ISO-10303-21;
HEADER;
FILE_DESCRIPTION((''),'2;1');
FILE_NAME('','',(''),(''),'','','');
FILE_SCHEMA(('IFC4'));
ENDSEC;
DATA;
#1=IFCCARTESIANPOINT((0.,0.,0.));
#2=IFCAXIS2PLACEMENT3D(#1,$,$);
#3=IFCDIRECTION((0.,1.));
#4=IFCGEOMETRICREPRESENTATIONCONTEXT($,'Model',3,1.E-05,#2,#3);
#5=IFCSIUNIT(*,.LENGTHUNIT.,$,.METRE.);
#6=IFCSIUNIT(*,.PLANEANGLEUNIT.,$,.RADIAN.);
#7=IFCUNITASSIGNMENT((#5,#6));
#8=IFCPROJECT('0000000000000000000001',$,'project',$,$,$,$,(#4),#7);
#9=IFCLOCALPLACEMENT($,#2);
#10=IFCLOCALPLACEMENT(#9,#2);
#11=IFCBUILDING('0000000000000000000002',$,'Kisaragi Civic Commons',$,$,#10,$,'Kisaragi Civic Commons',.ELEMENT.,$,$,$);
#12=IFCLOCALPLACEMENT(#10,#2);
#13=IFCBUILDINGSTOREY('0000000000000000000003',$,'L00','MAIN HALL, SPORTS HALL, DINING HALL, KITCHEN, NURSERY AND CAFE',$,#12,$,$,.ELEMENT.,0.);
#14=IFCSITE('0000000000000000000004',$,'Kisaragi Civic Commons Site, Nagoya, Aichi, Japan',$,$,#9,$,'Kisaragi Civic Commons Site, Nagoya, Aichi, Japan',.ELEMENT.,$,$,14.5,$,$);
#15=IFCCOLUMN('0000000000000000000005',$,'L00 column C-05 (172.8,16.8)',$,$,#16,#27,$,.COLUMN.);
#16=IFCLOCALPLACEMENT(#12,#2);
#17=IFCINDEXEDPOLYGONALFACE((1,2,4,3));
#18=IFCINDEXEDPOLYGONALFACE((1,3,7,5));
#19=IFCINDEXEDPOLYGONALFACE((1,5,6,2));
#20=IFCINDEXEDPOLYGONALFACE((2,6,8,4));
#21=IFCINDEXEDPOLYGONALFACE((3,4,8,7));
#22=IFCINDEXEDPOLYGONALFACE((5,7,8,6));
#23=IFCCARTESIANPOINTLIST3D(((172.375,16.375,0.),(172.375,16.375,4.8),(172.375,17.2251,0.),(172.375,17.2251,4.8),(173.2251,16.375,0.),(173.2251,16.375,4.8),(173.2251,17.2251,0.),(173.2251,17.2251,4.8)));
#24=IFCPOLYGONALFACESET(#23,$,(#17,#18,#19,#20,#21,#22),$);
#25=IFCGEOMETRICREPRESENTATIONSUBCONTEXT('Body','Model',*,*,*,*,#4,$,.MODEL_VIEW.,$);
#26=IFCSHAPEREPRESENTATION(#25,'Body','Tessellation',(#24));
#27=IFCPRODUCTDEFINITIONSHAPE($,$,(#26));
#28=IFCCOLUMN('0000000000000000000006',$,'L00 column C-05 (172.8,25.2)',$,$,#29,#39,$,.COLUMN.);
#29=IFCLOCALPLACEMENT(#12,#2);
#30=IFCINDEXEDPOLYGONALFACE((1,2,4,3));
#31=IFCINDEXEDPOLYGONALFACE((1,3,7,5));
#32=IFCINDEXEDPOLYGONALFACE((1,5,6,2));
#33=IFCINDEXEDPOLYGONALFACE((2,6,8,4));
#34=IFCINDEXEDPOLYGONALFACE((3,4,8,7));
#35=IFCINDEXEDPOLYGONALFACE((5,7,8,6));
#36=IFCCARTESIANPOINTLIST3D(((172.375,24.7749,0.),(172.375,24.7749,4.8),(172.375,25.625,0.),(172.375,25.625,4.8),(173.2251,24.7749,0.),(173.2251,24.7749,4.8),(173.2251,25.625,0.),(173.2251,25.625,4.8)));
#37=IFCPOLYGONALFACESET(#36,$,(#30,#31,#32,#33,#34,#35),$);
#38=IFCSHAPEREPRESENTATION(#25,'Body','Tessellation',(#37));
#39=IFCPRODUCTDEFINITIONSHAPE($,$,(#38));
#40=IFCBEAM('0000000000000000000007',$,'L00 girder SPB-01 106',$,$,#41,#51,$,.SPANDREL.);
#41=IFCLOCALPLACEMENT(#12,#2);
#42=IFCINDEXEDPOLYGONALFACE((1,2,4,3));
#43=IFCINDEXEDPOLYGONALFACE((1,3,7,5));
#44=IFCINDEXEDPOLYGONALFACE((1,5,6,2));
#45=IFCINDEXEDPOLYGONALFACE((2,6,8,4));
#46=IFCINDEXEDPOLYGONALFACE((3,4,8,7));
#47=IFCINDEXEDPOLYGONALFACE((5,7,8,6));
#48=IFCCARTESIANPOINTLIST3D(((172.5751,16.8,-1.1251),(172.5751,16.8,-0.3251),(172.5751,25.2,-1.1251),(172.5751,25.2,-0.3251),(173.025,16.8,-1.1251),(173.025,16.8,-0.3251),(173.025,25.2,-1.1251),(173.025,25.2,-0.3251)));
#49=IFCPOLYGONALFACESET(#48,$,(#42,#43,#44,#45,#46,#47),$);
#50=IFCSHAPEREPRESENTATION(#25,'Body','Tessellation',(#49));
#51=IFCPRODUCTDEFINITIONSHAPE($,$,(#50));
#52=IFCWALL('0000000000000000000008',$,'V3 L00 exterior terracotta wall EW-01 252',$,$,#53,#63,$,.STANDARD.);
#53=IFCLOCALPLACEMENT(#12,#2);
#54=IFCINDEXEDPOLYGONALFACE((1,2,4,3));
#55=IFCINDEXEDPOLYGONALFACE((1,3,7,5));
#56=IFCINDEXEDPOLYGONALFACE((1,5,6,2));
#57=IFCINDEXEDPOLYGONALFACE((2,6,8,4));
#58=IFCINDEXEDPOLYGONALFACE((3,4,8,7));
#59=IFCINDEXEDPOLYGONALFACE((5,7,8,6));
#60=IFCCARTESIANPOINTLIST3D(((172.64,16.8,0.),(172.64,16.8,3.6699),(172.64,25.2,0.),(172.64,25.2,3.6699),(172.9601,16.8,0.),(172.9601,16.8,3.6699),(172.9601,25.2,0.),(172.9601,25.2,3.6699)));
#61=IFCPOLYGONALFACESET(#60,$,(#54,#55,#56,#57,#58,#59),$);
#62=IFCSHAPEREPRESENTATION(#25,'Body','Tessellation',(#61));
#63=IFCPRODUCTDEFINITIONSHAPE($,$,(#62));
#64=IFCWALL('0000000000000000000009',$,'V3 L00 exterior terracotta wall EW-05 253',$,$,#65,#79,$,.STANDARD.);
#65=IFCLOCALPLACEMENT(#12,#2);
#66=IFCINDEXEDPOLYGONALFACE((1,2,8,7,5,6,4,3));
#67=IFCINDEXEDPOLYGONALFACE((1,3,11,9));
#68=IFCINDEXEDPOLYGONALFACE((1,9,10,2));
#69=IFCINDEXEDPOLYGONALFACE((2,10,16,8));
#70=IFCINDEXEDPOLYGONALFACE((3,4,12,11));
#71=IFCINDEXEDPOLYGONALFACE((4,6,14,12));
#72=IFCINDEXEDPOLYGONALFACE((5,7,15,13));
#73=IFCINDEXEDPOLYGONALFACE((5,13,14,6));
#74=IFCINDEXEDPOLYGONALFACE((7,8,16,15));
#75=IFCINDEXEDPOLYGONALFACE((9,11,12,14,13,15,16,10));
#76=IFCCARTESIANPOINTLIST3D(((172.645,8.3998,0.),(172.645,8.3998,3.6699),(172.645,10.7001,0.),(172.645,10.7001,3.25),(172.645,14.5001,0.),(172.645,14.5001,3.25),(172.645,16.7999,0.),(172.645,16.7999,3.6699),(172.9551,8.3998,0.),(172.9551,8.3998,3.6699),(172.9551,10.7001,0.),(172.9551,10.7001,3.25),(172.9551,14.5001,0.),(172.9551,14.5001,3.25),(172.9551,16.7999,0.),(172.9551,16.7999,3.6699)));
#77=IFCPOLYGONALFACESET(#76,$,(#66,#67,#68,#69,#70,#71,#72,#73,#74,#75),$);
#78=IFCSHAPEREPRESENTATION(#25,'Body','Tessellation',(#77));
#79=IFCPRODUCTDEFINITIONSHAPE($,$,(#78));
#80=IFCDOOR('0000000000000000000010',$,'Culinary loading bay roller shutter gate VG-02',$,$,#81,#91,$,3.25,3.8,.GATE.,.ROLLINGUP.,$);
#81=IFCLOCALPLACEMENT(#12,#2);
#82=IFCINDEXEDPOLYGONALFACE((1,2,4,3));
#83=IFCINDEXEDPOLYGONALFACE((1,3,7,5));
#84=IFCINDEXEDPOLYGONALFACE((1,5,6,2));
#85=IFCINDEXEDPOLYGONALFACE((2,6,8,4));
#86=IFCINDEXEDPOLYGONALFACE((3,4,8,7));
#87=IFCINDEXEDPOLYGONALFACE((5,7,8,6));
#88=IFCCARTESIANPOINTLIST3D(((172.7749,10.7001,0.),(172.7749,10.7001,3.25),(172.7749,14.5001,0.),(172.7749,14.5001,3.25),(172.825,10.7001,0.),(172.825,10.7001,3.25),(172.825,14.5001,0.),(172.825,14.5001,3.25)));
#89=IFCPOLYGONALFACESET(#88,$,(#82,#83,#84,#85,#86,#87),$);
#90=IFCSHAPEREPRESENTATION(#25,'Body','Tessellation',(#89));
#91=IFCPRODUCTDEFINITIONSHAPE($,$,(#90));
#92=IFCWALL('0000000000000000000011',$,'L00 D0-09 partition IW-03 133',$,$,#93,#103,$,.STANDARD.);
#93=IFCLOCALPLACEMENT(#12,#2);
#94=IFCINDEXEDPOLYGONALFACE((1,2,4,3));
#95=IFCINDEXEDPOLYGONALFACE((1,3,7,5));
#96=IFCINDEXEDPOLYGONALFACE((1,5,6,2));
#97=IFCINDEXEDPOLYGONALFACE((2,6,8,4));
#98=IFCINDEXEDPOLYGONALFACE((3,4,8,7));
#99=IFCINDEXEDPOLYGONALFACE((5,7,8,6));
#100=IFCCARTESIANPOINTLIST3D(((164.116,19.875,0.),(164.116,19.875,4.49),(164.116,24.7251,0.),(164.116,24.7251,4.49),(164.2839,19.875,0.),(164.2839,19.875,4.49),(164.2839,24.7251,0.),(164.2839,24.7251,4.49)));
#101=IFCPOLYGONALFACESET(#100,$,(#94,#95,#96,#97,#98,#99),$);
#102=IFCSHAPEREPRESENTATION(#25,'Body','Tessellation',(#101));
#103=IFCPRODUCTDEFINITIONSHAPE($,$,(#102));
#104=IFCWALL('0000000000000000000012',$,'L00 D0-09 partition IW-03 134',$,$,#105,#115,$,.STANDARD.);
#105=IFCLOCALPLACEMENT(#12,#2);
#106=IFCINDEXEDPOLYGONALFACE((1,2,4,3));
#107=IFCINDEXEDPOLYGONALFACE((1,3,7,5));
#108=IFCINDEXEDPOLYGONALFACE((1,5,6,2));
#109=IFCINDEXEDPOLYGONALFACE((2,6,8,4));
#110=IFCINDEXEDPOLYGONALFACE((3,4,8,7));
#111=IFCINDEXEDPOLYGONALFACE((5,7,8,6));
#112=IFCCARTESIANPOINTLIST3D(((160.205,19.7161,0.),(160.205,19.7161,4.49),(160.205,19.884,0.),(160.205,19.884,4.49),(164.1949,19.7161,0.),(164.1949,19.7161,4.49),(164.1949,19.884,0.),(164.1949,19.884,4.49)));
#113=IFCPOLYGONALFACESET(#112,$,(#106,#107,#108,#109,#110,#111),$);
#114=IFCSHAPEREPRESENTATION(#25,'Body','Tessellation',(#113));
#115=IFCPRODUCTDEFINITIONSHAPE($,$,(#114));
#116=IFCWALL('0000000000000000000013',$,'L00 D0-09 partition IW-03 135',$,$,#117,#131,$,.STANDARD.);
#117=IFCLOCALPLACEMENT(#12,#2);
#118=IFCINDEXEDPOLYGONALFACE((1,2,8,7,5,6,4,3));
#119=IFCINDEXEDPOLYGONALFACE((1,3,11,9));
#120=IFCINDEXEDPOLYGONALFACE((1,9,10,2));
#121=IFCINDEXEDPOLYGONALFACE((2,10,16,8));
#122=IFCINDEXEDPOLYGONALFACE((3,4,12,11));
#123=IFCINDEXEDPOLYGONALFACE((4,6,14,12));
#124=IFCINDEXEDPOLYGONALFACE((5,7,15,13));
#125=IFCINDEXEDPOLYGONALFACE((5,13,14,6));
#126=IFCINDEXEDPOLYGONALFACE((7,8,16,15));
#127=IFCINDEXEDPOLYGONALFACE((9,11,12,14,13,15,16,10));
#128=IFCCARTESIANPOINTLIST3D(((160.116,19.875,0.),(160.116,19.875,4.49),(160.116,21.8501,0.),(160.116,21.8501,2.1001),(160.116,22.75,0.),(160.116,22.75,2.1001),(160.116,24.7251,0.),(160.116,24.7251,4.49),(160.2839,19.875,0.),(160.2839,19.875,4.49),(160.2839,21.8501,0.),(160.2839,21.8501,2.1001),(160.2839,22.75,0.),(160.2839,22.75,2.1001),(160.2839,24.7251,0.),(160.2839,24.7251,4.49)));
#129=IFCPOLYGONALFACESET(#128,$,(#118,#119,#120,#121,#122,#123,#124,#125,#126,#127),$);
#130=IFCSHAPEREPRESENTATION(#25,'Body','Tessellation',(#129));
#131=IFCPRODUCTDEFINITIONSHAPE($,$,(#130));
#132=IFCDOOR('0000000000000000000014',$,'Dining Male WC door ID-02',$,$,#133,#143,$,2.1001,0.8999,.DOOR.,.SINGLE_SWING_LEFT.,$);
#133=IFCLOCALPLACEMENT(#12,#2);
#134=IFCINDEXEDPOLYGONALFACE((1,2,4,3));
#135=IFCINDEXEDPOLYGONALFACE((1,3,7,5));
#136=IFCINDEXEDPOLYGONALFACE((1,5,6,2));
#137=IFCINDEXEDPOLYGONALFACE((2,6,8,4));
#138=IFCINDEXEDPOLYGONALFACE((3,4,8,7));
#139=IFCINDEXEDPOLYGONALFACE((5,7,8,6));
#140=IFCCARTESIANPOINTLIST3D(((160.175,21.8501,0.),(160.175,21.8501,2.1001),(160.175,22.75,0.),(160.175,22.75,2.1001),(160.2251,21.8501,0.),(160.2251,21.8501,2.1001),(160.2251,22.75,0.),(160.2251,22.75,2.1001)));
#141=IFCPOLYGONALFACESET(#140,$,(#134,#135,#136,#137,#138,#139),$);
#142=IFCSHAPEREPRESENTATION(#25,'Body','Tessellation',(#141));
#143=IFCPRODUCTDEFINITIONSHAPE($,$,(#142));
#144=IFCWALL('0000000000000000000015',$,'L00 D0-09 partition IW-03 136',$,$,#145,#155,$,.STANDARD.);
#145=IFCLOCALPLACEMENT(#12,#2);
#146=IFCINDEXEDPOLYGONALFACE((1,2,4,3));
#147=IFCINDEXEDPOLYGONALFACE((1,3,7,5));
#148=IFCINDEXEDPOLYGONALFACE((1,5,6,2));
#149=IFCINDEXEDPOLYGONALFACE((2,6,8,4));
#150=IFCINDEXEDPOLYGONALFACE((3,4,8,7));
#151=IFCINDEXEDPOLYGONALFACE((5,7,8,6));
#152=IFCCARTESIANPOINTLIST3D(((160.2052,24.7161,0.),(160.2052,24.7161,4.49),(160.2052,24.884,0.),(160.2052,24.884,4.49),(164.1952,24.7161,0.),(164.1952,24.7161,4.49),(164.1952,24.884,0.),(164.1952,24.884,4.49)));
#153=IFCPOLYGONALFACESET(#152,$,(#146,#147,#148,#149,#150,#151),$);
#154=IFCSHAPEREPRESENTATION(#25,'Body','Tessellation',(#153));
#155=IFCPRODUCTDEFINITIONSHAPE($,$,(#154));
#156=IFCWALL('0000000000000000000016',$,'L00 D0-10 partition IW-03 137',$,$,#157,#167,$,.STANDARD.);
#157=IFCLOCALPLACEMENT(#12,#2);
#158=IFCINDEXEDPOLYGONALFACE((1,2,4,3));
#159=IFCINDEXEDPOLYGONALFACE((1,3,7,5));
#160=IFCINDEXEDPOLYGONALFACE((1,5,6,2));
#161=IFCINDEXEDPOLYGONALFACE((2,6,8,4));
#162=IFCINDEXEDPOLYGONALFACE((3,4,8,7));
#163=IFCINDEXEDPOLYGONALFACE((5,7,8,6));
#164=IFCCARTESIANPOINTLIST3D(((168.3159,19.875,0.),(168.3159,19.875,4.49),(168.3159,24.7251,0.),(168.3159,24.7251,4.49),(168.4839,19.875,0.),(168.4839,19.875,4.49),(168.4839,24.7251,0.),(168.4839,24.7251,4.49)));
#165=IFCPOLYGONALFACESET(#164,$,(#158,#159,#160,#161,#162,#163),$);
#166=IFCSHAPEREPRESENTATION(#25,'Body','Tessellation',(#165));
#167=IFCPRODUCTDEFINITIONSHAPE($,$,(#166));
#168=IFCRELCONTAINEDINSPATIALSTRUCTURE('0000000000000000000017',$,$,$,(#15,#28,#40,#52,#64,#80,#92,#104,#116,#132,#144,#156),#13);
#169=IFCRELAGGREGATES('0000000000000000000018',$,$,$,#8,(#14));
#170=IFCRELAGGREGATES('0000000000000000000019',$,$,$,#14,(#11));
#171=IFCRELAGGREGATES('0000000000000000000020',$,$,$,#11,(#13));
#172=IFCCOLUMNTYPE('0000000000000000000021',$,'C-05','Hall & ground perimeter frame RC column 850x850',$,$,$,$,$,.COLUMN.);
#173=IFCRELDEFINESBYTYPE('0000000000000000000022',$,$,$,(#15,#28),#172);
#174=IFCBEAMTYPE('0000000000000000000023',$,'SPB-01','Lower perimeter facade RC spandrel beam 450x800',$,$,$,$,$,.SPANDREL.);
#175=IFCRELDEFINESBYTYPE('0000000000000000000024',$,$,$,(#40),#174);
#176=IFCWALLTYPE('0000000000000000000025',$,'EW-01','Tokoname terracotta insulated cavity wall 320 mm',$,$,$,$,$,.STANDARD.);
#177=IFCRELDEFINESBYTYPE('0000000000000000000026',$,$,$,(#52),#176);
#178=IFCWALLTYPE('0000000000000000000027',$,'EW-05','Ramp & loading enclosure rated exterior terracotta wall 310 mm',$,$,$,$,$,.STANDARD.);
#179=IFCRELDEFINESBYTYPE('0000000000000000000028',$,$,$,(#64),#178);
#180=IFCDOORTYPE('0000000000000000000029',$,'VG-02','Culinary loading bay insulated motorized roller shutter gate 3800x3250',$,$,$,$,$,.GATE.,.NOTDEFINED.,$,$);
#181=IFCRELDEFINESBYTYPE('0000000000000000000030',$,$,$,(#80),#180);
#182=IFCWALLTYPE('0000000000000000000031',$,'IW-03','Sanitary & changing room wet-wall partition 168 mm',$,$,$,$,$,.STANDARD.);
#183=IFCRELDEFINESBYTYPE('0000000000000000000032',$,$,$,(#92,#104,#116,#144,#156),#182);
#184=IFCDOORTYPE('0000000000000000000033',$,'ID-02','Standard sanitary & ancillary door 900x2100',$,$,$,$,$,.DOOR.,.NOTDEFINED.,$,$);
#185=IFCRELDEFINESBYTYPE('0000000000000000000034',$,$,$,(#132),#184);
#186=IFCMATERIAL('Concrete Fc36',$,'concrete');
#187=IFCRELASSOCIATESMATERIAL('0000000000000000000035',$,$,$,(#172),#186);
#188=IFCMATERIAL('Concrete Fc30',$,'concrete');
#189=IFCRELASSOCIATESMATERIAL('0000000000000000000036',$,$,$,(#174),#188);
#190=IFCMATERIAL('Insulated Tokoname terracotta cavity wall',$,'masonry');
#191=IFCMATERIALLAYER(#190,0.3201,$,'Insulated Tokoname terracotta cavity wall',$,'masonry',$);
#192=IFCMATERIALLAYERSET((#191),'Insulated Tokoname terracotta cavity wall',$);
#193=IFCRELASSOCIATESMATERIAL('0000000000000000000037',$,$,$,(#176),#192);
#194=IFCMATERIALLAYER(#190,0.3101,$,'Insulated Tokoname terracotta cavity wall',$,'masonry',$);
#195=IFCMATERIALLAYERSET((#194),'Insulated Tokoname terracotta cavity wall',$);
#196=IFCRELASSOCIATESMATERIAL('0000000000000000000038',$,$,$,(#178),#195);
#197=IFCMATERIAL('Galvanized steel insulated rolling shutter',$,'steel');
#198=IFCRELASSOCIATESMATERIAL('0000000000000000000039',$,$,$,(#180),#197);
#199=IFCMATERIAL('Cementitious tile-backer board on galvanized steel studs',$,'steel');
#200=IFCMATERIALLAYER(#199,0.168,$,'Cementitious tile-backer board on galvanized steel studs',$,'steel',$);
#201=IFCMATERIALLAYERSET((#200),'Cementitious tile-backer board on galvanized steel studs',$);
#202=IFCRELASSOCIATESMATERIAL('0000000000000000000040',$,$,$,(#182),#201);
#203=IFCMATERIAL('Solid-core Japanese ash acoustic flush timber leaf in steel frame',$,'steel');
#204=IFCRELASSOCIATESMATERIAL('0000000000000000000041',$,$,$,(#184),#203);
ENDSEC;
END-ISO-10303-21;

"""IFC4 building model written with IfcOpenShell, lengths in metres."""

from ifc_helpers import new_model, si_unit, direction, frame, frame_2d, origin, origin_2d, place, context, subcontext, project, spatial, rectangle, extrude, material, layer, layer_set, material_profile, profile_set, type_object, element, fill, save


model = new_model("IFC4")

# Units and contexts
model_context = context("Model", 3, precision=1e-05, world=origin(), true_north=direction((0.0, 1.0)))
body_context = subcontext(model_context, "Body", "Model", "MODEL_VIEW")
ifc_project = project(units=[si_unit("LENGTHUNIT", "METRE"), si_unit("PLANEANGLEUNIT", "RADIAN")], contexts=[model_context])

# Site, building, storey
site_placement = place(None, origin())
site = spatial("IfcSite", under=ifc_project, at=site_placement, Name="Kisaragi Civic Commons Site, Nagoya, Aichi, Japan", LongName="Kisaragi Civic Commons Site, Nagoya, Aichi, Japan", CompositionType="ELEMENT", RefElevation=14.5)
building_placement = place(site_placement, origin())
building = spatial("IfcBuilding", under=site, at=building_placement, Name="Kisaragi Civic Commons", LongName="Kisaragi Civic Commons", CompositionType="ELEMENT")
storey_placement = place(building_placement, origin())
storey = spatial("IfcBuildingStorey", under=building, at=storey_placement, Name="L00", Description="MAIN HALL, SPORTS HALL, DINING HALL, KITCHEN, NURSERY AND CAFE", CompositionType="ELEMENT", Elevation=0.0)

# Columns
ifc_material_1 = material(Name="Concrete Fc36", Category="concrete")
ifc_material_profile_1 = material_profile(ifc_material_1, rectangle(XDim=0.8501, YDim=0.8501, at=origin_2d()), Name="RC-850x850", Category="concrete")
ifc_profile_set_1 = profile_set([ifc_material_profile_1], Name="Concrete Fc36")
column_type = type_object("IfcColumnType", Name="C-05", Description="Hall & ground perimeter frame RC column 850x850", PredefinedType="COLUMN", material=ifc_profile_set_1)
for number, where, z_axis, x_axis, name in (
    (1, (172.8, 16.8, 0.0), (0.0, 0.0, 1.0), (1.0, 0.0, 0.0), "L00 column C-05 (172.8,16.8)"),
    (2, (172.8, 25.2, 0.0), (0.0, 0.0, 1.0), (1.0, 0.0, 0.0), "L00 column C-05 (172.8,25.2)"),
):
    element("IfcColumn", number, at=place(storey_placement, frame(where, z_axis=z_axis, x_axis=x_axis)), inside=storey, type_object=column_type, Name=name, PredefinedType="COLUMN", context=body_context, shape_type="SweptSolid", body=[
        extrude(rectangle(XDim=0.8501, YDim=0.8501, at=origin_2d()), origin(), (0.0, 0.0, 1.0), 4.8),
    ])

# Beam
ifc_material_2 = material(Name="Concrete Fc30", Category="concrete")
ifc_material_profile_2 = material_profile(ifc_material_2, rectangle(XDim=0.45, YDim=0.8, at=origin_2d()), Name="RC-450x800", Category="concrete")
ifc_profile_set_2 = profile_set([ifc_material_profile_2], Name="Concrete Fc30")
beam_type = type_object("IfcBeamType", Name="SPB-01", Description="Lower perimeter facade RC spandrel beam 450x800", PredefinedType="SPANDREL", material=ifc_profile_set_2)
beam_placement = place(storey_placement, frame((172.8, 16.8, -0.7251), z_axis=(0.0, 1.0, 0.0), x_axis=(-1.0, 0.0, 0.0)))
element("IfcBeam", 3, at=beam_placement, inside=storey, type_object=beam_type, Name="L00 girder SPB-01 106", PredefinedType="SPANDREL", context=body_context, shape_type="SweptSolid", body=[
    extrude(rectangle(XDim=0.45, YDim=0.8, at=origin_2d()), origin(), (0.0, 0.0, 1.0), 8.3999),
])

# Wall
ifc_material_3 = material(Name="Insulated Tokoname terracotta cavity wall", Category="masonry")
ifc_layer_1 = layer(ifc_material_3, 0.3201, Name="Insulated Tokoname terracotta cavity wall", Category="masonry")
ifc_layer_set_1 = layer_set([ifc_layer_1], Name="Insulated Tokoname terracotta cavity wall")
wall_type_1 = type_object("IfcWallType", Name="EW-01", Description="Tokoname terracotta insulated cavity wall 320 mm", PredefinedType="STANDARD", material=ifc_layer_set_1)
wall_1_placement = place(storey_placement, frame((172.8, 25.2, 0.0), z_axis=(0.0, 0.0, 1.0), x_axis=(0.0, -1.0, 0.0)))
element("IfcWall", 4, at=wall_1_placement, inside=storey, type_object=wall_type_1, Name="V3 L00 exterior terracotta wall EW-01 252", PredefinedType="STANDARD", context=body_context, shape_type="SweptSolid", body=[
    extrude(rectangle(XDim=8.3999, YDim=0.3201, at=frame_2d((4.2, 0.0))), origin(), (0.0, 0.0, 1.0), 3.6699),
])

# Wall, opening, door
ifc_layer_2 = layer(ifc_material_3, 0.3101, Name="Insulated Tokoname terracotta cavity wall", Category="masonry")
ifc_layer_set_2 = layer_set([ifc_layer_2], Name="Insulated Tokoname terracotta cavity wall")
wall_type_2 = type_object("IfcWallType", Name="EW-05", Description="Ramp & loading enclosure rated exterior terracotta wall 310 mm", PredefinedType="STANDARD", material=ifc_layer_set_2)
wall_2_placement = place(storey_placement, frame((172.8, 16.8, 0.0), z_axis=(0.0, 0.0, 1.0), x_axis=(0.0, -1.0, 0.0)))
wall_2 = element("IfcWall", 5, at=wall_2_placement, inside=storey, type_object=wall_type_2, Name="V3 L00 exterior terracotta wall EW-05 253", PredefinedType="STANDARD", context=body_context, shape_type="SweptSolid", body=[
    extrude(rectangle(XDim=8.4001, YDim=0.3101, at=frame_2d((4.2002, 0.0))), origin(), (0.0, 0.0, 1.0), 3.6699),
])
opening_1_placement = place(wall_2_placement, frame((2.3, 0.0, 0.0)))
opening_1 = element("IfcOpeningElement", 6, at=opening_1_placement, cuts=wall_2, PredefinedType="OPENING", context=body_context, shape_type="SweptSolid", body=[
    extrude(rectangle(XDim=3.8, YDim=3.25, at=frame_2d((1.8999, 1.625))), frame((0.0, 0.165, 0.0), z_axis=(0.0, -1.0, 0.0), x_axis=(1.0, 0.0, 0.0)), (0.0, 0.0, 1.0), 0.3301),
])
ifc_material_4 = material(Name="Galvanized steel insulated rolling shutter", Category="steel")
door_type_1 = type_object("IfcDoorType", Name="VG-02", Description="Culinary loading bay insulated motorized roller shutter gate 3800x3250", OperationType="NOTDEFINED", PredefinedType="GATE", material=ifc_material_4)
door_1_placement = place(opening_1_placement, origin())
door_1 = element("IfcDoor", 7, at=door_1_placement, inside=storey, type_object=door_type_1, Name="Culinary loading bay roller shutter gate VG-02", OperationType="ROLLINGUP", OverallHeight=3.25, OverallWidth=3.8, PredefinedType="GATE", context=body_context, shape_type="SweptSolid", body=[
    extrude(rectangle(XDim=3.8, YDim=3.25, at=frame_2d((1.8999, 1.625))), frame((0.0, 0.0249, 0.0), z_axis=(0.0, -1.0, 0.0), x_axis=(1.0, 0.0, 0.0)), (0.0, 0.0, 1.0), 0.05),
])
fill(opening_1, door_1)

# Walls
ifc_material_5 = material(Name="Cementitious tile-backer board on galvanized steel studs", Category="steel")
ifc_layer_3 = layer(ifc_material_5, 0.168, Name="Cementitious tile-backer board on galvanized steel studs", Category="steel")
ifc_layer_set_3 = layer_set([ifc_layer_3], Name="Cementitious tile-backer board on galvanized steel studs")
wall_type_3 = type_object("IfcWallType", Name="IW-03", Description="Sanitary & changing room wet-wall partition 168 mm", PredefinedType="STANDARD", material=ifc_layer_set_3)
wall_3_placement = place(storey_placement, frame((164.2, 24.7251, 0.0), z_axis=(0.0, 0.0, 1.0), x_axis=(0.0, -1.0, 0.0)))
element("IfcWall", 8, at=wall_3_placement, inside=storey, type_object=wall_type_3, Name="L00 D0-09 partition IW-03 133", PredefinedType="STANDARD", context=body_context, shape_type="SweptSolid", body=[
    extrude(rectangle(XDim=4.8501, YDim=0.168, at=frame_2d((2.425, 0.0))), origin(), (0.0, 0.0, 1.0), 4.49),
])
wall_4_placement = place(storey_placement, frame((164.1951, 19.8, 0.0), z_axis=(0.0, 0.0, 1.0), x_axis=(-1.0, 0.0, 0.0)))
element("IfcWall", 9, at=wall_4_placement, inside=storey, type_object=wall_type_3, Name="L00 D0-09 partition IW-03 134", PredefinedType="STANDARD", context=body_context, shape_type="SweptSolid", body=[
    extrude(rectangle(XDim=3.99, YDim=0.168, at=frame_2d((1.9951, 0.0))), origin(), (0.0, 0.0, 1.0), 4.49),
])

# Wall, opening, door
wall_5_placement = place(storey_placement, frame((160.2, 19.875, 0.0), z_axis=(0.0, 0.0, 1.0), x_axis=(0.0, 1.0, 0.0)))
wall_5 = element("IfcWall", 10, at=wall_5_placement, inside=storey, type_object=wall_type_3, Name="L00 D0-09 partition IW-03 135", PredefinedType="STANDARD", context=body_context, shape_type="SweptSolid", body=[
    extrude(rectangle(XDim=4.8501, YDim=0.168, at=frame_2d((2.425, 0.0))), origin(), (0.0, 0.0, 1.0), 4.49),
])
opening_2_placement = place(wall_5_placement, frame((1.9751, 0.0, 0.0)))
opening_2 = element("IfcOpeningElement", 11, at=opening_2_placement, cuts=wall_5, PredefinedType="OPENING", context=body_context, shape_type="SweptSolid", body=[
    extrude(rectangle(XDim=0.8999, YDim=2.1001, at=frame_2d((0.45, 1.05))), frame((0.0, 0.094, 0.0), z_axis=(0.0, -1.0, 0.0), x_axis=(1.0, 0.0, 0.0)), (0.0, 0.0, 1.0), 0.188),
])
ifc_material_6 = material(Name="Solid-core Japanese ash acoustic flush timber leaf in steel frame", Category="steel")
door_type_2 = type_object("IfcDoorType", Name="ID-02", Description="Standard sanitary & ancillary door 900x2100", OperationType="NOTDEFINED", PredefinedType="DOOR", material=ifc_material_6)
door_2_placement = place(opening_2_placement, origin())
door_2 = element("IfcDoor", 12, at=door_2_placement, inside=storey, type_object=door_type_2, Name="Dining Male WC door ID-02", OperationType="SINGLE_SWING_LEFT", OverallHeight=2.1001, OverallWidth=0.8999, PredefinedType="DOOR", context=body_context, shape_type="SweptSolid", body=[
    extrude(rectangle(XDim=0.8999, YDim=2.1001, at=frame_2d((0.45, 1.05))), frame((0.0, 0.0249, 0.0), z_axis=(0.0, -1.0, 0.0), x_axis=(1.0, 0.0, 0.0)), (0.0, 0.0, 1.0), 0.05),
])
fill(opening_2, door_2)

# Walls
wall_6_placement = place(storey_placement, frame((160.2051, 24.8, 0.0), z_axis=(0.0, 0.0, 1.0), x_axis=(1.0, 0.0, 0.0)))
element("IfcWall", 13, at=wall_6_placement, inside=storey, type_object=wall_type_3, Name="L00 D0-09 partition IW-03 136", PredefinedType="STANDARD", context=body_context, shape_type="SweptSolid", body=[
    extrude(rectangle(XDim=3.99, YDim=0.168, at=frame_2d((1.9951, 0.0))), origin(), (0.0, 0.0, 1.0), 4.49),
])
wall_7_placement = place(storey_placement, frame((168.3999, 24.7251, 0.0), z_axis=(0.0, 0.0, 1.0), x_axis=(0.0, -1.0, 0.0)))
element("IfcWall", 14, at=wall_7_placement, inside=storey, type_object=wall_type_3, Name="L00 D0-10 partition IW-03 137", PredefinedType="STANDARD", context=body_context, shape_type="SweptSolid", body=[
    extrude(rectangle(XDim=4.8501, YDim=0.168, at=frame_2d((2.425, 0.0))), origin(), (0.0, 0.0, 1.0), 4.49),
])

save(model, "model.ifc")
